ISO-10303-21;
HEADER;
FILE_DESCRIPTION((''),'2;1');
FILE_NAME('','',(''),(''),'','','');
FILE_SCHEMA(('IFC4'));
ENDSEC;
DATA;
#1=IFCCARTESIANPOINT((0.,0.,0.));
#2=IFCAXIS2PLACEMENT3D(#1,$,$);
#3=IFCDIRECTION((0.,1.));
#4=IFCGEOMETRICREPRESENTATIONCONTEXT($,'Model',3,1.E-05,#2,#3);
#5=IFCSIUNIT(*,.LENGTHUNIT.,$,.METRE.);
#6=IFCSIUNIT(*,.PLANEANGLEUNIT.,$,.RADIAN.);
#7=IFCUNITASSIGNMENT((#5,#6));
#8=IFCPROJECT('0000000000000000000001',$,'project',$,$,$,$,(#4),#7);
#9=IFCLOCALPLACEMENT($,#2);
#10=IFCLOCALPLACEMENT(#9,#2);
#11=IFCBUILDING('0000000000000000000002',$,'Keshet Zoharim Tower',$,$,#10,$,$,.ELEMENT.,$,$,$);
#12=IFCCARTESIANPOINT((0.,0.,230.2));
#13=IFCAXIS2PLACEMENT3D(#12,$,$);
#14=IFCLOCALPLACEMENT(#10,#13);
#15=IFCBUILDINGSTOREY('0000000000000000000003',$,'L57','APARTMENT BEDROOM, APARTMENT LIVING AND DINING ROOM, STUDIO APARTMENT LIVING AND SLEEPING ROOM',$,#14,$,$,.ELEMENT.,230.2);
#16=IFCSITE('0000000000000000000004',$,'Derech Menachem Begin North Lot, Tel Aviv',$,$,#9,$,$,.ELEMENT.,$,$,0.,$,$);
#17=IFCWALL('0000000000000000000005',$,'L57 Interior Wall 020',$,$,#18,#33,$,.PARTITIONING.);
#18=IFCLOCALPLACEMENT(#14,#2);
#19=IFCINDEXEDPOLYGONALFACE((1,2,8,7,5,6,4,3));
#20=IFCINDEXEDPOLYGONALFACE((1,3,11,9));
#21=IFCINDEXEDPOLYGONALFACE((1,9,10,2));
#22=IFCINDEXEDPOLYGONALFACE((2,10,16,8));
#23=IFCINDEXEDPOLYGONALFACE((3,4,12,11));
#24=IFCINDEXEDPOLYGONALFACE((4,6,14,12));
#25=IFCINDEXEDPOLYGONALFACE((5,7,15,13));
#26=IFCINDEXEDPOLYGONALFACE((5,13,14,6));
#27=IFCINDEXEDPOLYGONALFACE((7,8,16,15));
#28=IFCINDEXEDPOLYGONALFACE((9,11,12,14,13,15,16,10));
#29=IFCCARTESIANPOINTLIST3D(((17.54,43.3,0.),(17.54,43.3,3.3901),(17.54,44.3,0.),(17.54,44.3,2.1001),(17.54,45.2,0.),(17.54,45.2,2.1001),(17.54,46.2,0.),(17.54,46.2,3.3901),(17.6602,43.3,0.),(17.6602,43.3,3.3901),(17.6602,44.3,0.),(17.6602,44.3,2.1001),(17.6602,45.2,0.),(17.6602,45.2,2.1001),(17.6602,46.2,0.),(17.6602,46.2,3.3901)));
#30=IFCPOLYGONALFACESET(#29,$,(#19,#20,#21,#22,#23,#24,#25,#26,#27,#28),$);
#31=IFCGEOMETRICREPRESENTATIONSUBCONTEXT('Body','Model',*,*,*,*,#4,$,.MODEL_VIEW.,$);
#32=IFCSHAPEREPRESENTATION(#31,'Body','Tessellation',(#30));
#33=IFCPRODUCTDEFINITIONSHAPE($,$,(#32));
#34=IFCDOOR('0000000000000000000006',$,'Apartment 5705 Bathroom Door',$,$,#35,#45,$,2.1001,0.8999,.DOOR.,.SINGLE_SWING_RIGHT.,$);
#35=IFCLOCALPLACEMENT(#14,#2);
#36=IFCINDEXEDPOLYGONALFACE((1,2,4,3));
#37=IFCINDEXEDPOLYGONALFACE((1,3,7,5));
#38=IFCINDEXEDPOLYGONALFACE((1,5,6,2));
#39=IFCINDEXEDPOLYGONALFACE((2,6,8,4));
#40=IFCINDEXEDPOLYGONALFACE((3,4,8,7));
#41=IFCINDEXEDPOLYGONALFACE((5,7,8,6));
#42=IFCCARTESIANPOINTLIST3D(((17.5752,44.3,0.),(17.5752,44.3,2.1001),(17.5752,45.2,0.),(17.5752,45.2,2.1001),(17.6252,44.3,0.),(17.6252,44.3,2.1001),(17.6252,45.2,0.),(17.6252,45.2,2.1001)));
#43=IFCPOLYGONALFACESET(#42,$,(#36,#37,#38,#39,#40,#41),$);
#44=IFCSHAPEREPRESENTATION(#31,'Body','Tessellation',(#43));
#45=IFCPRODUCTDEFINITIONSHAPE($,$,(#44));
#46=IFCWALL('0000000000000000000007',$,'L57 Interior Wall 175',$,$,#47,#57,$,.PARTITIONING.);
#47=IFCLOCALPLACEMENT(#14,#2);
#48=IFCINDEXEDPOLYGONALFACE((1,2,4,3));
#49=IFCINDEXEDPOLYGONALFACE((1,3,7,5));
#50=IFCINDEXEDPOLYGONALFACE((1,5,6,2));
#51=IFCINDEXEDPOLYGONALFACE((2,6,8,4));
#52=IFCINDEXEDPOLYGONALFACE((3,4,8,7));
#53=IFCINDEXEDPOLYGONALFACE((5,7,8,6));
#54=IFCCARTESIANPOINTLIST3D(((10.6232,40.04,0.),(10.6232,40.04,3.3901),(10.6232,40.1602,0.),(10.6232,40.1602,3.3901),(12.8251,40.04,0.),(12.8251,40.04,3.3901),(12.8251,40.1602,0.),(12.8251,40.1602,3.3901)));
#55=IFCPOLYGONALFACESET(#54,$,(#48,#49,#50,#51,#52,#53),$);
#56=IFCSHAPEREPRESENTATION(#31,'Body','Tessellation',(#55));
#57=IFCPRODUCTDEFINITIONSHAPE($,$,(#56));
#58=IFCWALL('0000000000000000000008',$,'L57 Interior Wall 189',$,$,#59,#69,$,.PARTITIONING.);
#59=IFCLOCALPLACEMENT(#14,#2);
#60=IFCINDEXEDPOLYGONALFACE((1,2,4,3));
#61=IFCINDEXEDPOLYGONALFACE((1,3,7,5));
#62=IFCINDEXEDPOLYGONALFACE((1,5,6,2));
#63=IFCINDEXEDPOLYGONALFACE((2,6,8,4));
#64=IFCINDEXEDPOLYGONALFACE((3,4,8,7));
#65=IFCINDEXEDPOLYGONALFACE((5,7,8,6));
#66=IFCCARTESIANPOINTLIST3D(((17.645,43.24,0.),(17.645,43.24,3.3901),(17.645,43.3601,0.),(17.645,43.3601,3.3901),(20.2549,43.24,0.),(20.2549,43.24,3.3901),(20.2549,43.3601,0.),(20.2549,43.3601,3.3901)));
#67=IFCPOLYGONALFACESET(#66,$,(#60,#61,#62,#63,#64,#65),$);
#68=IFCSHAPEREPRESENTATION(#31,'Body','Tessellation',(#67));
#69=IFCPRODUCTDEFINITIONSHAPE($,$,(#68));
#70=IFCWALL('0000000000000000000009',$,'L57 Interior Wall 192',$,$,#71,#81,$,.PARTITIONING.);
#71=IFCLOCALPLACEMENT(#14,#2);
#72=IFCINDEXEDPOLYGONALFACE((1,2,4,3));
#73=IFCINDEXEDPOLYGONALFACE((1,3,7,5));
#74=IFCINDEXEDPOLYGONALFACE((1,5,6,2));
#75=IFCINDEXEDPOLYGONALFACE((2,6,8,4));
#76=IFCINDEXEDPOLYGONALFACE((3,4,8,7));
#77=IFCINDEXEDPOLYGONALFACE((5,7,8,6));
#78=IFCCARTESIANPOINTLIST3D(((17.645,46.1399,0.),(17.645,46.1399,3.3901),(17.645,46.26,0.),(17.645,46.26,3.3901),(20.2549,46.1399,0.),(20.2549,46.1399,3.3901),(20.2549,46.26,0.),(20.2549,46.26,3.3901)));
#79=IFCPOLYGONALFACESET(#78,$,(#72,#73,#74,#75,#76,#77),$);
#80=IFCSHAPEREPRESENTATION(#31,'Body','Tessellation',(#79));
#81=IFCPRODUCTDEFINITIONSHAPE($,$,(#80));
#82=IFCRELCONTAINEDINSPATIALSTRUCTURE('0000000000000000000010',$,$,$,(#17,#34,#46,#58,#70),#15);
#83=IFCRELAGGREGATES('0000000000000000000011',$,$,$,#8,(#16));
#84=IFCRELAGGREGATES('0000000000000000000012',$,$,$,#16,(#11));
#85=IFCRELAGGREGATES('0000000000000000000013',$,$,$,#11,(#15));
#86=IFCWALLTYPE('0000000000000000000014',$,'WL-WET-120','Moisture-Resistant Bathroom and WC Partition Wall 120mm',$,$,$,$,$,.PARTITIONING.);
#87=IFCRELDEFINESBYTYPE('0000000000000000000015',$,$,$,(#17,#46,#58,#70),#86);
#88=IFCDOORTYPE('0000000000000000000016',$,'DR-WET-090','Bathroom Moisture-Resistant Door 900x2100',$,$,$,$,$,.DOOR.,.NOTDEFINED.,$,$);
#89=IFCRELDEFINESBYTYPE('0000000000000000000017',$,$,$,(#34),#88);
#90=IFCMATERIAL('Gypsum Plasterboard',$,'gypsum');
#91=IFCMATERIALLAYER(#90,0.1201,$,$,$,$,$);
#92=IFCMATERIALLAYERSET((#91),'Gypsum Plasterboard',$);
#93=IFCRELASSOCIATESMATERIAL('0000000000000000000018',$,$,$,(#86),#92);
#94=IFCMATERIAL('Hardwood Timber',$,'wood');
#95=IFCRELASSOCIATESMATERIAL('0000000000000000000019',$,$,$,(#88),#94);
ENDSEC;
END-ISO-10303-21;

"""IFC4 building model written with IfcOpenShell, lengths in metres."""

from ifc_helpers import new_model, si_unit, direction, frame, frame_2d, origin, place, context, subcontext, project, spatial, rectangle, extrude, material, layer, layer_set, type_object, element, fill, save


model = new_model("IFC4")

# Units and contexts
model_context = context("Model", 3, precision=1e-05, world=origin(), true_north=direction((0.0, 1.0)))
body_context = subcontext(model_context, "Body", "Model", "MODEL_VIEW")
ifc_project = project(units=[si_unit("LENGTHUNIT", "METRE"), si_unit("PLANEANGLEUNIT", "RADIAN")], contexts=[model_context])

# Site, building, storey
site_placement = place(None, origin())
site = spatial("IfcSite", under=ifc_project, at=site_placement, Name="Derech Menachem Begin North Lot, Tel Aviv", CompositionType="ELEMENT", RefElevation=0.0)
building_placement = place(site_placement, origin())
building = spatial("IfcBuilding", under=site, at=building_placement, Name="Keshet Zoharim Tower", CompositionType="ELEMENT")
storey_placement = place(building_placement, frame((0.0, 0.0, 230.2)))
storey = spatial("IfcBuildingStorey", under=building, at=storey_placement, Name="L57", Description="APARTMENT BEDROOM, APARTMENT LIVING AND DINING ROOM, STUDIO APARTMENT LIVING AND SLEEPING ROOM", CompositionType="ELEMENT", Elevation=230.2)

# Shared definitions
ifc_material_1 = material(Name="Gypsum Plasterboard", Category="gypsum")
ifc_material_2 = material(Name="Hardwood Timber", Category="wood")

# Wall, opening, door
ifc_layer_1 = layer(ifc_material_1, 0.1201)
ifc_layer_set_1 = layer_set([ifc_layer_1], Name="Gypsum Plasterboard")
wall_type_1 = type_object("IfcWallType", Name="WL-WET-120", Description="Moisture-Resistant Bathroom and WC Partition Wall 120mm", PredefinedType="PARTITIONING", material=ifc_layer_set_1)
wall_1_placement = place(storey_placement, frame((17.6001, 43.3, 0.0), z_axis=(0.0, 0.0, 1.0), x_axis=(0.0, 1.0, 0.0)))
wall_1 = element("IfcWall", 1, at=wall_1_placement, inside=storey, type_object=wall_type_1, Name="L57 Interior Wall 020", PredefinedType="PARTITIONING", context=body_context, shape_type="SweptSolid", body=[
    extrude(rectangle(XDim=2.8999, YDim=0.1201, at=frame_2d((1.45, 0.0))), origin(), (0.0, 0.0, 1.0), 3.3901),
])
opening_1_placement = place(wall_1_placement, frame((1.0, 0.0, 0.0)))
opening_1 = element("IfcOpeningElement", 2, at=opening_1_placement, cuts=wall_1, PredefinedType="OPENING", context=body_context, shape_type="SweptSolid", body=[
    extrude(rectangle(XDim=0.8999, YDim=2.1001, at=frame_2d((0.45, 1.05))), frame((0.0, 0.0701, 0.0), z_axis=(0.0, -1.0, 0.0), x_axis=(1.0, 0.0, 0.0)), (0.0, 0.0, 1.0), 0.1401),
])
door_type_1 = type_object("IfcDoorType", Name="DR-WET-090", Description="Bathroom Moisture-Resistant Door 900x2100", OperationType="NOTDEFINED", PredefinedType="DOOR", material=ifc_material_2)
door_1_placement = place(opening_1_placement, origin())
door_1 = element("IfcDoor", 3, at=door_1_placement, inside=storey, type_object=door_type_1, Name="Apartment 5705 Bathroom Door", OperationType="SINGLE_SWING_RIGHT", OverallHeight=2.1001, OverallWidth=0.8999, PredefinedType="DOOR", context=body_context, shape_type="SweptSolid", body=[
    extrude(rectangle(XDim=0.8999, YDim=2.1001, at=frame_2d((0.45, 1.05))), frame((0.0, 0.0249, 0.0), z_axis=(0.0, -1.0, 0.0), x_axis=(1.0, 0.0, 0.0)), (0.0, 0.0, 1.0), 0.05),
])
fill(opening_1, door_1)

# Walls
wall_2_placement = place(storey_placement, frame((10.623, 40.1001, 0.0), z_axis=(0.0, 0.0, 1.0), x_axis=(1.0, 0.0, 0.0)))
element("IfcWall", 4, at=wall_2_placement, inside=storey, type_object=wall_type_1, Name="L57 Interior Wall 175", PredefinedType="PARTITIONING", context=body_context, shape_type="SweptSolid", body=[
    extrude(rectangle(XDim=2.2019, YDim=0.1201, at=frame_2d((1.1011, 0.0))), origin(), (0.0, 0.0, 1.0), 3.3901),
])
for number, where, z_axis, x_axis, name in (
    (5, (17.645, 43.3, 0.0), (0.0, 0.0, 1.0), (1.0, 0.0, 0.0), "L57 Interior Wall 189"),
    (6, (17.645, 46.2, 0.0), (0.0, 0.0, 1.0), (1.0, 0.0, 0.0), "L57 Interior Wall 192"),
):
    element("IfcWall", number, at=place(storey_placement, frame(where, z_axis=z_axis, x_axis=x_axis)), inside=storey, type_object=wall_type_1, Name=name, PredefinedType="PARTITIONING", context=body_context, shape_type="SweptSolid", body=[
        extrude(rectangle(XDim=2.6099, YDim=0.1201, at=frame_2d((1.3049, 0.0))), origin(), (0.0, 0.0, 1.0), 3.3901),
    ])

save(model, "model.ifc")
